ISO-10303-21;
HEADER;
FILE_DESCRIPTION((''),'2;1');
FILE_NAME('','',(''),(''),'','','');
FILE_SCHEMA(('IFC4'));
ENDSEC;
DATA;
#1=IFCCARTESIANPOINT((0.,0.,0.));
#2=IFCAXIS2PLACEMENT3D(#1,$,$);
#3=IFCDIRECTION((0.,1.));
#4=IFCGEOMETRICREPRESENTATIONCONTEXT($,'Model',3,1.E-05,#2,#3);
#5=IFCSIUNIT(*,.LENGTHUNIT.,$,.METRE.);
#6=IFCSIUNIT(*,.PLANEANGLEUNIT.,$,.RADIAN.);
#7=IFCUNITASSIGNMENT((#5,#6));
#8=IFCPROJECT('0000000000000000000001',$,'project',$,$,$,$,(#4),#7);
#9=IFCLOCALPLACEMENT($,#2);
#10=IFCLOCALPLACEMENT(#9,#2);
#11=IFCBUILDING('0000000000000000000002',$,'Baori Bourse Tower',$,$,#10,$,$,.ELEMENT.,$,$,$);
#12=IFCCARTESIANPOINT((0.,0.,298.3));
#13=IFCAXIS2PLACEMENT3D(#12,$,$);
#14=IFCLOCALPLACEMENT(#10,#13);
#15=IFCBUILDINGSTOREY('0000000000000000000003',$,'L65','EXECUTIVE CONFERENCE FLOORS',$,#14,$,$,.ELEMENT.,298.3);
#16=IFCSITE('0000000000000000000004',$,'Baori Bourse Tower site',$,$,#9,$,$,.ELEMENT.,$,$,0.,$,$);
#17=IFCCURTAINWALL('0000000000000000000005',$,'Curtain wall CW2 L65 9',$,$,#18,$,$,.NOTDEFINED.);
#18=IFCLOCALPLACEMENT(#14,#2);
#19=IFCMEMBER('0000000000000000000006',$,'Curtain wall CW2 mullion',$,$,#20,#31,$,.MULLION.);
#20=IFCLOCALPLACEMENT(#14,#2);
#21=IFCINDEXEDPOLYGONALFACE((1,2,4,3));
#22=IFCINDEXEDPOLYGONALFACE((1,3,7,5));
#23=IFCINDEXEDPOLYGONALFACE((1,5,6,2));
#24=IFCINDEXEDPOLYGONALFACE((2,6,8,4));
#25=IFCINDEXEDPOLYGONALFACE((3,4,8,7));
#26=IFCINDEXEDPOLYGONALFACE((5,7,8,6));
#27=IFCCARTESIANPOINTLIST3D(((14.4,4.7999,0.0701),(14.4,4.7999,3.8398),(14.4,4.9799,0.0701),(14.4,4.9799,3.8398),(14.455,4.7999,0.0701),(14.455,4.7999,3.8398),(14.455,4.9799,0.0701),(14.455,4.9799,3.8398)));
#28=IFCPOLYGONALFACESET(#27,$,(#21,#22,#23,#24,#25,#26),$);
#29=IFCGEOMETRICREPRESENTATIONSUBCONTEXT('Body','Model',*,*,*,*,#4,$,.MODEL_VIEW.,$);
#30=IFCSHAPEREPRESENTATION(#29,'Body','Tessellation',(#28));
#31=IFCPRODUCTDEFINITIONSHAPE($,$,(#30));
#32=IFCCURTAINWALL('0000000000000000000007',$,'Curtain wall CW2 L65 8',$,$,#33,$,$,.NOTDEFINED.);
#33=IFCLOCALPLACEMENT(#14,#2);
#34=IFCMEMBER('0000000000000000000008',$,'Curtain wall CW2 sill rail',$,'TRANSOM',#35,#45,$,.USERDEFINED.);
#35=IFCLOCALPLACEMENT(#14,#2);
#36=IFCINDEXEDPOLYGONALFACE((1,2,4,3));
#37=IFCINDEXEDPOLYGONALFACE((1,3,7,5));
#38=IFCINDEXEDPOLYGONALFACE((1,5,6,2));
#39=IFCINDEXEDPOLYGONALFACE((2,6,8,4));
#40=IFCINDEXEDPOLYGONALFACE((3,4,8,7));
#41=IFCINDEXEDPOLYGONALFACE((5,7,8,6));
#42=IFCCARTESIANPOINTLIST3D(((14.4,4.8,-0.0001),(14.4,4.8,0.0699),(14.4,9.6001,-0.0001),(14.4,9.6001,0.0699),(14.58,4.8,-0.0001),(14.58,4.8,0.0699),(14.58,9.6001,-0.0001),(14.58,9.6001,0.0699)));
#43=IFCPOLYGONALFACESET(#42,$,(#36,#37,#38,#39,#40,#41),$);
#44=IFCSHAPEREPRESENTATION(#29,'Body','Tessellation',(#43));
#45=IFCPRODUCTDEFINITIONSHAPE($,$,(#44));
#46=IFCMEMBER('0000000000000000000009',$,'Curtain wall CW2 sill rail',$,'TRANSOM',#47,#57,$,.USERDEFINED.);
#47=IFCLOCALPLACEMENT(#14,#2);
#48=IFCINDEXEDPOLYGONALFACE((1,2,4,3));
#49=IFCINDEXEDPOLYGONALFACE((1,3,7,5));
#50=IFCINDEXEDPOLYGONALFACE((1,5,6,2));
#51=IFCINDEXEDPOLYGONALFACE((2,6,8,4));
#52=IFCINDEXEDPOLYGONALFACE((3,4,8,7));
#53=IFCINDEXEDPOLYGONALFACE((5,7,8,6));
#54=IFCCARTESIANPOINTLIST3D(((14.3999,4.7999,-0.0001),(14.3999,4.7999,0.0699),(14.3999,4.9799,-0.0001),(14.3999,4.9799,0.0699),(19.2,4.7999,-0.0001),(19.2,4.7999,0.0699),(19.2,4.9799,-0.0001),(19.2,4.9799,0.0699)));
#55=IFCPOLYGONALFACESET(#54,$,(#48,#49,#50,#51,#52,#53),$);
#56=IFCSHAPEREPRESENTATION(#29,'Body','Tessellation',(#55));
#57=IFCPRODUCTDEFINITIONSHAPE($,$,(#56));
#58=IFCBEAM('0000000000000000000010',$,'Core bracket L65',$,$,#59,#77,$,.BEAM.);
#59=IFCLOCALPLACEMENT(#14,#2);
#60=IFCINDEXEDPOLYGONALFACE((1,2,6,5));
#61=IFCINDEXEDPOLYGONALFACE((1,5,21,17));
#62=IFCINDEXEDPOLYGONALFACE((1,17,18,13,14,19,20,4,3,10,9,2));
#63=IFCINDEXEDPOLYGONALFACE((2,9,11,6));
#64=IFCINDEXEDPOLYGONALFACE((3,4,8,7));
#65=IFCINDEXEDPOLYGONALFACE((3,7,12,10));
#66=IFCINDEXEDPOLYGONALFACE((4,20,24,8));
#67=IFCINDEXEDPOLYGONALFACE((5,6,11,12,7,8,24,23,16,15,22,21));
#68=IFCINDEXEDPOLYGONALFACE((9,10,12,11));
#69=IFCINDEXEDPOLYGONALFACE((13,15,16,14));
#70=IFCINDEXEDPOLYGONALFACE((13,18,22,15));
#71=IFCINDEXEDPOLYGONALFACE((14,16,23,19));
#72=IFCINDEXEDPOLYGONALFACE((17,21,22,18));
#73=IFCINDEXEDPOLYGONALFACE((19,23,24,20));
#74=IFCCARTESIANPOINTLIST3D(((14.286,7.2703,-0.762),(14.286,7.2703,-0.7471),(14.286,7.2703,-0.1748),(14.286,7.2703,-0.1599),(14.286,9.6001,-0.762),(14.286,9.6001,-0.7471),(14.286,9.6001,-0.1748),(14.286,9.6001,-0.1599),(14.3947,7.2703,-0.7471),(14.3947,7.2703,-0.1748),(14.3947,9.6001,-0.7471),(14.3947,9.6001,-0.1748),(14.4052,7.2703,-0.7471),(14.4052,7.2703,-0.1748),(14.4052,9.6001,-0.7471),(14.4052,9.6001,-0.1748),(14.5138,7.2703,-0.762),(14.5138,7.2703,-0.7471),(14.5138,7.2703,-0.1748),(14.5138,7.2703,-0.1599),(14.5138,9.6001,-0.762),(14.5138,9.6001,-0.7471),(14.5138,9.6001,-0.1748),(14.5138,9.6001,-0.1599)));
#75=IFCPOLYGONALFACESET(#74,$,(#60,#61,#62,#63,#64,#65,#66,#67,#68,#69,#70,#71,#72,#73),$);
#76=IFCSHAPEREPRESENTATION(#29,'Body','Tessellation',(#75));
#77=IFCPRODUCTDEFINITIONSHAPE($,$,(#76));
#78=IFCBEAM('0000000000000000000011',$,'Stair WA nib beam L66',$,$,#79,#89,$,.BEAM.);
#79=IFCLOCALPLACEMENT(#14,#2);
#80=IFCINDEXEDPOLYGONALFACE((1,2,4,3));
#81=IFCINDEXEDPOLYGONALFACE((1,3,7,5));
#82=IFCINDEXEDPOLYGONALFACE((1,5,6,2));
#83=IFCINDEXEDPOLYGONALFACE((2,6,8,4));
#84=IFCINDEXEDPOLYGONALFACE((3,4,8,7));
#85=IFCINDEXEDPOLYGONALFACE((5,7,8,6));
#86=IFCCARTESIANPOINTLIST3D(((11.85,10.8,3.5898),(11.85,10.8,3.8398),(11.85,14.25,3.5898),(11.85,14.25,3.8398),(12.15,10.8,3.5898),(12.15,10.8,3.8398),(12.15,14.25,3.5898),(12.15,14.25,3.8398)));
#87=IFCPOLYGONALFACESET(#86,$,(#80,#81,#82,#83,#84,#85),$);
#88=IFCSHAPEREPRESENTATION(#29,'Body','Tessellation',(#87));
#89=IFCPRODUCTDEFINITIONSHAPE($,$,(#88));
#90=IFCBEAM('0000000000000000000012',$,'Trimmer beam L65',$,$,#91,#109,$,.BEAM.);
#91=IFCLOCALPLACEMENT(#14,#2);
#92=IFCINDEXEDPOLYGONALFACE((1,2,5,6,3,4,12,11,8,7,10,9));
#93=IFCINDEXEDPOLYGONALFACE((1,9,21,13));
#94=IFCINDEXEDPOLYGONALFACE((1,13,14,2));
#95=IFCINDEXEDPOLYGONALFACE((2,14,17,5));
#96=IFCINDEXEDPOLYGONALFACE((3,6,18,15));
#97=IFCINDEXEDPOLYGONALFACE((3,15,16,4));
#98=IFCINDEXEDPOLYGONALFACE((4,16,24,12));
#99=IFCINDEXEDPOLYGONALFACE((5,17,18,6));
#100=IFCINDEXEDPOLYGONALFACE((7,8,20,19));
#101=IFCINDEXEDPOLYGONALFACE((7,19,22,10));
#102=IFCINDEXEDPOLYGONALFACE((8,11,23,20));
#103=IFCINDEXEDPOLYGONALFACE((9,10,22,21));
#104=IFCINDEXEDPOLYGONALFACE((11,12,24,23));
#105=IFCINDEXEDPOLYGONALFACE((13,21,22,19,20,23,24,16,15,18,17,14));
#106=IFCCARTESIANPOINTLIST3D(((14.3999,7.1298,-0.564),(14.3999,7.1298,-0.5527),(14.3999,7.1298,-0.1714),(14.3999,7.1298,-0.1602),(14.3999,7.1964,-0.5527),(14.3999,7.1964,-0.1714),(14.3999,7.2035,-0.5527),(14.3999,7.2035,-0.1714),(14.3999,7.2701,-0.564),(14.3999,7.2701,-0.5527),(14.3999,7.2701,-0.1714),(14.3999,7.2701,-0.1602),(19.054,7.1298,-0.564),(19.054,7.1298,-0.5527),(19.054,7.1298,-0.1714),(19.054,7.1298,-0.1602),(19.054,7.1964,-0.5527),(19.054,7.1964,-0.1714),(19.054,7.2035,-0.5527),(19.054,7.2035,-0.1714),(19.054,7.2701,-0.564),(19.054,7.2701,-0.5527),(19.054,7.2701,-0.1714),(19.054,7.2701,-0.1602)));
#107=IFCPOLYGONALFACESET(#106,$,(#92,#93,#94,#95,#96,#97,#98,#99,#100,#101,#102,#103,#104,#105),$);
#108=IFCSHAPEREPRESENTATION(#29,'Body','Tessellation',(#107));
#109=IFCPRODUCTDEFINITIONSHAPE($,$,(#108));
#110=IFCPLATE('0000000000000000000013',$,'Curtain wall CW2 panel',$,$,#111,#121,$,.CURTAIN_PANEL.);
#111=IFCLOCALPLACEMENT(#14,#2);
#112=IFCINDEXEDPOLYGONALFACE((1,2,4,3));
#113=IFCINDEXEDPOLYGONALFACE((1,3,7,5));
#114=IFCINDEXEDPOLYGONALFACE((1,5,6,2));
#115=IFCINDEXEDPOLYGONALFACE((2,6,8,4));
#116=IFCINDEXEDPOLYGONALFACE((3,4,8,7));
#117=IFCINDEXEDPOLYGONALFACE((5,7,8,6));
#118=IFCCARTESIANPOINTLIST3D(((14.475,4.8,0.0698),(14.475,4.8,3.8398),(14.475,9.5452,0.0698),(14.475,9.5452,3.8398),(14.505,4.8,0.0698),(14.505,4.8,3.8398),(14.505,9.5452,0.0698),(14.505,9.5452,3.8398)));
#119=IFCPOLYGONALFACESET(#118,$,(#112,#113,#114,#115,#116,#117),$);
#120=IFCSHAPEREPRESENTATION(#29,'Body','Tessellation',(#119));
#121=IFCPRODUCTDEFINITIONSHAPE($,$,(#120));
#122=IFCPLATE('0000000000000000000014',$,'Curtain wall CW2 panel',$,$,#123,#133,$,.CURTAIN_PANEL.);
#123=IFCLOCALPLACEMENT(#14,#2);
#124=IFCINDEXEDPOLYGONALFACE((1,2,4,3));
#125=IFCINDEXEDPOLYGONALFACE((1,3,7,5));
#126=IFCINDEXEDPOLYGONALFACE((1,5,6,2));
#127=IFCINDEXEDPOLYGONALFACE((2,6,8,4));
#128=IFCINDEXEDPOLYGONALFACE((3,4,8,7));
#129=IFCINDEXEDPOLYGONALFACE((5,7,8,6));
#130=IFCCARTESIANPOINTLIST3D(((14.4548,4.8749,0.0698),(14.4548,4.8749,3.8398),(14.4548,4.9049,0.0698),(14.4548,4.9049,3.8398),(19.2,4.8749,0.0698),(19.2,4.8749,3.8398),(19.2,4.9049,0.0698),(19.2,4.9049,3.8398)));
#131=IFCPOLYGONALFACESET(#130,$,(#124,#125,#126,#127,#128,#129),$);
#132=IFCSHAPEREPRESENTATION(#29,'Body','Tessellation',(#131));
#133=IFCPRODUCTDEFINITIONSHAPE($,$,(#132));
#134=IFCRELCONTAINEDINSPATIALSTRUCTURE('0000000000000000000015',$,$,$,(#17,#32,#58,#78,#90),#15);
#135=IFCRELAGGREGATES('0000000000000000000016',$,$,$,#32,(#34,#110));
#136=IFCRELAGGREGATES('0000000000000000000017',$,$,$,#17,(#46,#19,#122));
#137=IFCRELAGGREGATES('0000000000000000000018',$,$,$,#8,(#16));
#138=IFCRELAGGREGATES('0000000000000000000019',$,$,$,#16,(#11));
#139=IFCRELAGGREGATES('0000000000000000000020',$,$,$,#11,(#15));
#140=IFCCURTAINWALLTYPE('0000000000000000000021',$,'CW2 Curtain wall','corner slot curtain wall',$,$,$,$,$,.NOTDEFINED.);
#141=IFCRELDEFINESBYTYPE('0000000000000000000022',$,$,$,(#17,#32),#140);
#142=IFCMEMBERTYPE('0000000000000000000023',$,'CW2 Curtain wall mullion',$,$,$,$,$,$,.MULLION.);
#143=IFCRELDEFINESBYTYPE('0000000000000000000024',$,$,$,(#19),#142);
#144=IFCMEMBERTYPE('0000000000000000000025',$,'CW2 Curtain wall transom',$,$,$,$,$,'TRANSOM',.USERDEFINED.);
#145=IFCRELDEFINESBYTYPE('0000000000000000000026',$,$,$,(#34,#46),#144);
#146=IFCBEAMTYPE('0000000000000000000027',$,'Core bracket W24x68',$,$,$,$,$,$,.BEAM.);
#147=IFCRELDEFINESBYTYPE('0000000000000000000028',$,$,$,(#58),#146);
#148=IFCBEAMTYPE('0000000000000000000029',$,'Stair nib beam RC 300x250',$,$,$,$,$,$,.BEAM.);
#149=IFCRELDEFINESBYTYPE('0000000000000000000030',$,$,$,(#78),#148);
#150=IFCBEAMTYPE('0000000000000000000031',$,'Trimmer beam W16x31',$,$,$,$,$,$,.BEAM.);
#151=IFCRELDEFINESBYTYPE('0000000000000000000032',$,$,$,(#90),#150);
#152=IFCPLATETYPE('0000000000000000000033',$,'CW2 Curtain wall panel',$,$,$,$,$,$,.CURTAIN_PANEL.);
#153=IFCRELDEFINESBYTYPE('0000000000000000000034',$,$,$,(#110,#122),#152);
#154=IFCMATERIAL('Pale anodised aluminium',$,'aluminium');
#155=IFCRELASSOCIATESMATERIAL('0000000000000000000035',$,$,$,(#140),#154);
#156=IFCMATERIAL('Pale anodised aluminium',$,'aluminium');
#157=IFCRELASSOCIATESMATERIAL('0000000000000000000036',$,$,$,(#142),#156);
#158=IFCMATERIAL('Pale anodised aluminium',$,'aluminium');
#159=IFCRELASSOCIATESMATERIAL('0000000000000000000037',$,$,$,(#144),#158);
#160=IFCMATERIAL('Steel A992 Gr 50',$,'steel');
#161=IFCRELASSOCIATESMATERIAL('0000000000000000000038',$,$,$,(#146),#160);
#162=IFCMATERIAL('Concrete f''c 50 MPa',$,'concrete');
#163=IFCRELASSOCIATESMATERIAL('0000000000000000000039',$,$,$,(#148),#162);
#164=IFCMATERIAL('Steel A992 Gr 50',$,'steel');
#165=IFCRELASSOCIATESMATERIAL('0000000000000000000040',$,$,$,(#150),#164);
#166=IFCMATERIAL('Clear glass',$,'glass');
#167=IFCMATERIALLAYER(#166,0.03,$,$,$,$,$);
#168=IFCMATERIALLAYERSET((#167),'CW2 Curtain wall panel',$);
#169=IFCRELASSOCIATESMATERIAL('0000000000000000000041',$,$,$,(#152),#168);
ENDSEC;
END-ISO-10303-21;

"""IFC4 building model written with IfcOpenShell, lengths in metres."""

from ifc_helpers import new_model, si_unit, direction, frame, origin, origin_2d, place, context, subcontext, project, spatial, rectangle, i_section, extrude, material, layer, layer_set, material_profile, profile_set, type_object, element, aggregate, save


model = new_model("IFC4")

# Units and contexts
model_context = context("Model", 3, precision=1e-05, world=origin(), true_north=direction((0.0, 1.0)))
body_context = subcontext(model_context, "Body", "Model", "MODEL_VIEW")
ifc_project = project(units=[si_unit("LENGTHUNIT", "METRE"), si_unit("PLANEANGLEUNIT", "RADIAN")], contexts=[model_context])

# Site, building, storey
site_placement = place(None, origin())
site = spatial("IfcSite", under=ifc_project, at=site_placement, Name="Baori Bourse Tower site", CompositionType="ELEMENT", RefElevation=0.0)
building_placement = place(site_placement, origin())
building = spatial("IfcBuilding", under=site, at=building_placement, Name="Baori Bourse Tower", CompositionType="ELEMENT")
storey_placement = place(building_placement, frame((0.0, 0.0, 298.3)))
storey = spatial("IfcBuildingStorey", under=building, at=storey_placement, Name="L65", Description="EXECUTIVE CONFERENCE FLOORS", CompositionType="ELEMENT", Elevation=298.3)

# Curtain walls, members
ifc_material_1 = material(Name="Pale anodised aluminium", Category="aluminium")
curtain_wall_type = type_object("IfcCurtainWallType", Name="CW2 Curtain wall", Description="corner slot curtain wall", PredefinedType="NOTDEFINED", material=ifc_material_1)
curtain_wall_1_placement = place(storey_placement, origin())
curtain_wall_1 = element("IfcCurtainWall", 1, at=curtain_wall_1_placement, inside=storey, type_object=curtain_wall_type, Name="Curtain wall CW2 L65 9", PredefinedType="NOTDEFINED")
ifc_material_2 = material(Name="Pale anodised aluminium", Category="aluminium")
ifc_material_profile_1 = material_profile(ifc_material_2, rectangle(XDim=0.1799, YDim=0.0549, at=origin_2d()), Name="Mullion 55x180")
ifc_profile_set_1 = profile_set([ifc_material_profile_1], Name="Pale anodised aluminium")
member_type_1 = type_object("IfcMemberType", Name="CW2 Curtain wall mullion", PredefinedType="MULLION", material=ifc_profile_set_1)
member_1_placement = place(storey_placement, frame((14.4275, 4.8899, 0.0701), z_axis=(0.0, 0.0, 1.0), x_axis=(0.0, 1.0, 0.0)))
member_1 = element("IfcMember", 2, at=member_1_placement, type_object=member_type_1, Name="Curtain wall CW2 mullion", PredefinedType="MULLION", context=body_context, shape_type="SweptSolid", body=[
    extrude(rectangle(XDim=0.1799, YDim=0.0549, at=origin_2d()), origin(), (0.0, 0.0, 1.0), 3.7698),
])
curtain_wall_2_placement = place(storey_placement, origin())
curtain_wall_2 = element("IfcCurtainWall", 3, at=curtain_wall_2_placement, inside=storey, type_object=curtain_wall_type, Name="Curtain wall CW2 L65 8", PredefinedType="NOTDEFINED")
ifc_material_3 = material(Name="Pale anodised aluminium", Category="aluminium")
ifc_material_profile_2 = material_profile(ifc_material_3, rectangle(XDim=0.1799, YDim=0.0701, at=origin_2d()), Name="Transom 70x180")
ifc_profile_set_2 = profile_set([ifc_material_profile_2], Name="Pale anodised aluminium")
member_type_2 = type_object("IfcMemberType", Name="CW2 Curtain wall transom", ElementType="TRANSOM", PredefinedType="USERDEFINED", material=ifc_profile_set_2)
member_2_placement = place(storey_placement, frame((14.49, 9.6001, 0.0349), z_axis=(0.0, -1.0, 0.0), x_axis=(1.0, 0.0, 0.0)))
member_2 = element("IfcMember", 4, at=member_2_placement, type_object=member_type_2, Name="Curtain wall CW2 sill rail", ObjectType="TRANSOM", PredefinedType="USERDEFINED", context=body_context, shape_type="SweptSolid", body=[
    extrude(rectangle(XDim=0.1799, YDim=0.0701, at=origin_2d()), origin(), (0.0, 0.0, 1.0), 4.8),
])

# Member
member_3_placement = place(storey_placement, frame((14.3999, 4.8899, 0.0349), z_axis=(1.0, 0.0, 0.0), x_axis=(0.0, 1.0, 0.0)))
member_3 = element("IfcMember", 5, at=member_3_placement, type_object=member_type_2, Name="Curtain wall CW2 sill rail", ObjectType="TRANSOM", PredefinedType="USERDEFINED", context=body_context, shape_type="SweptSolid", body=[
    extrude(rectangle(XDim=0.1799, YDim=0.0701, at=origin_2d()), origin(), (0.0, 0.0, 1.0), 4.8),
])

# Beams
ifc_material_4 = material(Name="Steel A992 Gr 50", Category="steel")
ifc_material_profile_3 = material_profile(ifc_material_4, i_section(OverallWidth=0.2278, OverallDepth=0.6021, WebThickness=0.0105, FlangeThickness=0.0149, at=origin_2d()), Name="W24x68")
ifc_profile_set_3 = profile_set([ifc_material_profile_3], Name="Steel A992 Gr 50")
beam_type_1 = type_object("IfcBeamType", Name="Core bracket W24x68", PredefinedType="BEAM", material=ifc_profile_set_3)
beam_1_placement = place(storey_placement, frame((14.3999, 7.2703, -0.4609), z_axis=(0.0, 1.0, 0.0), x_axis=(-1.0, 0.0, 0.0)))
element("IfcBeam", 6, at=beam_1_placement, inside=storey, type_object=beam_type_1, Name="Core bracket L65", PredefinedType="BEAM", context=body_context, shape_type="SweptSolid", body=[
    extrude(i_section(OverallWidth=0.2278, OverallDepth=0.6021, WebThickness=0.0105, FlangeThickness=0.0149, at=origin_2d()), origin(), (0.0, 0.0, 1.0), 2.3298),
])
ifc_material_5 = material(Name="Concrete f'c 50 MPa", Category="concrete")
ifc_material_profile_4 = material_profile(ifc_material_5, rectangle(XDim=0.3, YDim=0.25, at=origin_2d()), Name="RC 300x250")
ifc_profile_set_4 = profile_set([ifc_material_profile_4], Name="Concrete f'c 50 MPa")
beam_type_2 = type_object("IfcBeamType", Name="Stair nib beam RC 300x250", PredefinedType="BEAM", material=ifc_profile_set_4)
beam_2_placement = place(storey_placement, frame((12.0, 10.8, 3.7148), z_axis=(0.0, 1.0, 0.0), x_axis=(-1.0, 0.0, 0.0)))
element("IfcBeam", 7, at=beam_2_placement, inside=storey, type_object=beam_type_2, Name="Stair WA nib beam L66", PredefinedType="BEAM", context=body_context, shape_type="SweptSolid", body=[
    extrude(rectangle(XDim=0.3, YDim=0.25, at=origin_2d()), origin(), (0.0, 0.0, 1.0), 3.45),
])
ifc_material_6 = material(Name="Steel A992 Gr 50", Category="steel")
ifc_material_profile_5 = material_profile(ifc_material_6, i_section(OverallWidth=0.1404, OverallDepth=0.4038, WebThickness=0.0071, FlangeThickness=0.0112, at=origin_2d()), Name="W16x31")
ifc_profile_set_5 = profile_set([ifc_material_profile_5], Name="Steel A992 Gr 50")
beam_type_3 = type_object("IfcBeamType", Name="Trimmer beam W16x31", PredefinedType="BEAM", material=ifc_profile_set_5)
beam_3_placement = place(storey_placement, frame((14.3999, 7.2, -0.3621), z_axis=(1.0, 0.0, 0.0), x_axis=(0.0, 1.0, 0.0)))
element("IfcBeam", 8, at=beam_3_placement, inside=storey, type_object=beam_type_3, Name="Trimmer beam L65", PredefinedType="BEAM", context=body_context, shape_type="SweptSolid", body=[
    extrude(i_section(OverallWidth=0.1404, OverallDepth=0.4038, WebThickness=0.0071, FlangeThickness=0.0112, at=origin_2d()), origin(), (0.0, 0.0, 1.0), 4.6541),
])

# Plates
ifc_material_7 = material(Name="Clear glass", Category="glass")
ifc_layer_1 = layer(ifc_material_7, 0.03)
ifc_layer_set_1 = layer_set([ifc_layer_1], Name="CW2 Curtain wall panel")
plate_type = type_object("IfcPlateType", Name="CW2 Curtain wall panel", PredefinedType="CURTAIN_PANEL", material=ifc_layer_set_1)
plate_1_placement = place(storey_placement, frame((14.49, 7.1726, 0.0698), z_axis=(0.0, 0.0, 1.0), x_axis=(0.0, -1.0, 0.0)))
plate_1 = element("IfcPlate", 9, at=plate_1_placement, type_object=plate_type, Name="Curtain wall CW2 panel", PredefinedType="CURTAIN_PANEL", context=body_context, shape_type="SweptSolid", body=[
    extrude(rectangle(XDim=4.7451, YDim=0.03, at=origin_2d()), origin(), (0.0, 0.0, 1.0), 3.77),
])
aggregate(curtain_wall_2, [member_2, plate_1])
plate_2_placement = place(storey_placement, frame((16.8274, 4.8899, 0.0698), z_axis=(0.0, 0.0, 1.0), x_axis=(1.0, 0.0, 0.0)))
plate_2 = element("IfcPlate", 10, at=plate_2_placement, type_object=plate_type, Name="Curtain wall CW2 panel", PredefinedType="CURTAIN_PANEL", context=body_context, shape_type="SweptSolid", body=[
    extrude(rectangle(XDim=4.7451, YDim=0.03, at=origin_2d()), origin(), (0.0, 0.0, 1.0), 3.77),
])
aggregate(curtain_wall_1, [member_3, member_1, plate_2])

save(model, "model.ifc")
